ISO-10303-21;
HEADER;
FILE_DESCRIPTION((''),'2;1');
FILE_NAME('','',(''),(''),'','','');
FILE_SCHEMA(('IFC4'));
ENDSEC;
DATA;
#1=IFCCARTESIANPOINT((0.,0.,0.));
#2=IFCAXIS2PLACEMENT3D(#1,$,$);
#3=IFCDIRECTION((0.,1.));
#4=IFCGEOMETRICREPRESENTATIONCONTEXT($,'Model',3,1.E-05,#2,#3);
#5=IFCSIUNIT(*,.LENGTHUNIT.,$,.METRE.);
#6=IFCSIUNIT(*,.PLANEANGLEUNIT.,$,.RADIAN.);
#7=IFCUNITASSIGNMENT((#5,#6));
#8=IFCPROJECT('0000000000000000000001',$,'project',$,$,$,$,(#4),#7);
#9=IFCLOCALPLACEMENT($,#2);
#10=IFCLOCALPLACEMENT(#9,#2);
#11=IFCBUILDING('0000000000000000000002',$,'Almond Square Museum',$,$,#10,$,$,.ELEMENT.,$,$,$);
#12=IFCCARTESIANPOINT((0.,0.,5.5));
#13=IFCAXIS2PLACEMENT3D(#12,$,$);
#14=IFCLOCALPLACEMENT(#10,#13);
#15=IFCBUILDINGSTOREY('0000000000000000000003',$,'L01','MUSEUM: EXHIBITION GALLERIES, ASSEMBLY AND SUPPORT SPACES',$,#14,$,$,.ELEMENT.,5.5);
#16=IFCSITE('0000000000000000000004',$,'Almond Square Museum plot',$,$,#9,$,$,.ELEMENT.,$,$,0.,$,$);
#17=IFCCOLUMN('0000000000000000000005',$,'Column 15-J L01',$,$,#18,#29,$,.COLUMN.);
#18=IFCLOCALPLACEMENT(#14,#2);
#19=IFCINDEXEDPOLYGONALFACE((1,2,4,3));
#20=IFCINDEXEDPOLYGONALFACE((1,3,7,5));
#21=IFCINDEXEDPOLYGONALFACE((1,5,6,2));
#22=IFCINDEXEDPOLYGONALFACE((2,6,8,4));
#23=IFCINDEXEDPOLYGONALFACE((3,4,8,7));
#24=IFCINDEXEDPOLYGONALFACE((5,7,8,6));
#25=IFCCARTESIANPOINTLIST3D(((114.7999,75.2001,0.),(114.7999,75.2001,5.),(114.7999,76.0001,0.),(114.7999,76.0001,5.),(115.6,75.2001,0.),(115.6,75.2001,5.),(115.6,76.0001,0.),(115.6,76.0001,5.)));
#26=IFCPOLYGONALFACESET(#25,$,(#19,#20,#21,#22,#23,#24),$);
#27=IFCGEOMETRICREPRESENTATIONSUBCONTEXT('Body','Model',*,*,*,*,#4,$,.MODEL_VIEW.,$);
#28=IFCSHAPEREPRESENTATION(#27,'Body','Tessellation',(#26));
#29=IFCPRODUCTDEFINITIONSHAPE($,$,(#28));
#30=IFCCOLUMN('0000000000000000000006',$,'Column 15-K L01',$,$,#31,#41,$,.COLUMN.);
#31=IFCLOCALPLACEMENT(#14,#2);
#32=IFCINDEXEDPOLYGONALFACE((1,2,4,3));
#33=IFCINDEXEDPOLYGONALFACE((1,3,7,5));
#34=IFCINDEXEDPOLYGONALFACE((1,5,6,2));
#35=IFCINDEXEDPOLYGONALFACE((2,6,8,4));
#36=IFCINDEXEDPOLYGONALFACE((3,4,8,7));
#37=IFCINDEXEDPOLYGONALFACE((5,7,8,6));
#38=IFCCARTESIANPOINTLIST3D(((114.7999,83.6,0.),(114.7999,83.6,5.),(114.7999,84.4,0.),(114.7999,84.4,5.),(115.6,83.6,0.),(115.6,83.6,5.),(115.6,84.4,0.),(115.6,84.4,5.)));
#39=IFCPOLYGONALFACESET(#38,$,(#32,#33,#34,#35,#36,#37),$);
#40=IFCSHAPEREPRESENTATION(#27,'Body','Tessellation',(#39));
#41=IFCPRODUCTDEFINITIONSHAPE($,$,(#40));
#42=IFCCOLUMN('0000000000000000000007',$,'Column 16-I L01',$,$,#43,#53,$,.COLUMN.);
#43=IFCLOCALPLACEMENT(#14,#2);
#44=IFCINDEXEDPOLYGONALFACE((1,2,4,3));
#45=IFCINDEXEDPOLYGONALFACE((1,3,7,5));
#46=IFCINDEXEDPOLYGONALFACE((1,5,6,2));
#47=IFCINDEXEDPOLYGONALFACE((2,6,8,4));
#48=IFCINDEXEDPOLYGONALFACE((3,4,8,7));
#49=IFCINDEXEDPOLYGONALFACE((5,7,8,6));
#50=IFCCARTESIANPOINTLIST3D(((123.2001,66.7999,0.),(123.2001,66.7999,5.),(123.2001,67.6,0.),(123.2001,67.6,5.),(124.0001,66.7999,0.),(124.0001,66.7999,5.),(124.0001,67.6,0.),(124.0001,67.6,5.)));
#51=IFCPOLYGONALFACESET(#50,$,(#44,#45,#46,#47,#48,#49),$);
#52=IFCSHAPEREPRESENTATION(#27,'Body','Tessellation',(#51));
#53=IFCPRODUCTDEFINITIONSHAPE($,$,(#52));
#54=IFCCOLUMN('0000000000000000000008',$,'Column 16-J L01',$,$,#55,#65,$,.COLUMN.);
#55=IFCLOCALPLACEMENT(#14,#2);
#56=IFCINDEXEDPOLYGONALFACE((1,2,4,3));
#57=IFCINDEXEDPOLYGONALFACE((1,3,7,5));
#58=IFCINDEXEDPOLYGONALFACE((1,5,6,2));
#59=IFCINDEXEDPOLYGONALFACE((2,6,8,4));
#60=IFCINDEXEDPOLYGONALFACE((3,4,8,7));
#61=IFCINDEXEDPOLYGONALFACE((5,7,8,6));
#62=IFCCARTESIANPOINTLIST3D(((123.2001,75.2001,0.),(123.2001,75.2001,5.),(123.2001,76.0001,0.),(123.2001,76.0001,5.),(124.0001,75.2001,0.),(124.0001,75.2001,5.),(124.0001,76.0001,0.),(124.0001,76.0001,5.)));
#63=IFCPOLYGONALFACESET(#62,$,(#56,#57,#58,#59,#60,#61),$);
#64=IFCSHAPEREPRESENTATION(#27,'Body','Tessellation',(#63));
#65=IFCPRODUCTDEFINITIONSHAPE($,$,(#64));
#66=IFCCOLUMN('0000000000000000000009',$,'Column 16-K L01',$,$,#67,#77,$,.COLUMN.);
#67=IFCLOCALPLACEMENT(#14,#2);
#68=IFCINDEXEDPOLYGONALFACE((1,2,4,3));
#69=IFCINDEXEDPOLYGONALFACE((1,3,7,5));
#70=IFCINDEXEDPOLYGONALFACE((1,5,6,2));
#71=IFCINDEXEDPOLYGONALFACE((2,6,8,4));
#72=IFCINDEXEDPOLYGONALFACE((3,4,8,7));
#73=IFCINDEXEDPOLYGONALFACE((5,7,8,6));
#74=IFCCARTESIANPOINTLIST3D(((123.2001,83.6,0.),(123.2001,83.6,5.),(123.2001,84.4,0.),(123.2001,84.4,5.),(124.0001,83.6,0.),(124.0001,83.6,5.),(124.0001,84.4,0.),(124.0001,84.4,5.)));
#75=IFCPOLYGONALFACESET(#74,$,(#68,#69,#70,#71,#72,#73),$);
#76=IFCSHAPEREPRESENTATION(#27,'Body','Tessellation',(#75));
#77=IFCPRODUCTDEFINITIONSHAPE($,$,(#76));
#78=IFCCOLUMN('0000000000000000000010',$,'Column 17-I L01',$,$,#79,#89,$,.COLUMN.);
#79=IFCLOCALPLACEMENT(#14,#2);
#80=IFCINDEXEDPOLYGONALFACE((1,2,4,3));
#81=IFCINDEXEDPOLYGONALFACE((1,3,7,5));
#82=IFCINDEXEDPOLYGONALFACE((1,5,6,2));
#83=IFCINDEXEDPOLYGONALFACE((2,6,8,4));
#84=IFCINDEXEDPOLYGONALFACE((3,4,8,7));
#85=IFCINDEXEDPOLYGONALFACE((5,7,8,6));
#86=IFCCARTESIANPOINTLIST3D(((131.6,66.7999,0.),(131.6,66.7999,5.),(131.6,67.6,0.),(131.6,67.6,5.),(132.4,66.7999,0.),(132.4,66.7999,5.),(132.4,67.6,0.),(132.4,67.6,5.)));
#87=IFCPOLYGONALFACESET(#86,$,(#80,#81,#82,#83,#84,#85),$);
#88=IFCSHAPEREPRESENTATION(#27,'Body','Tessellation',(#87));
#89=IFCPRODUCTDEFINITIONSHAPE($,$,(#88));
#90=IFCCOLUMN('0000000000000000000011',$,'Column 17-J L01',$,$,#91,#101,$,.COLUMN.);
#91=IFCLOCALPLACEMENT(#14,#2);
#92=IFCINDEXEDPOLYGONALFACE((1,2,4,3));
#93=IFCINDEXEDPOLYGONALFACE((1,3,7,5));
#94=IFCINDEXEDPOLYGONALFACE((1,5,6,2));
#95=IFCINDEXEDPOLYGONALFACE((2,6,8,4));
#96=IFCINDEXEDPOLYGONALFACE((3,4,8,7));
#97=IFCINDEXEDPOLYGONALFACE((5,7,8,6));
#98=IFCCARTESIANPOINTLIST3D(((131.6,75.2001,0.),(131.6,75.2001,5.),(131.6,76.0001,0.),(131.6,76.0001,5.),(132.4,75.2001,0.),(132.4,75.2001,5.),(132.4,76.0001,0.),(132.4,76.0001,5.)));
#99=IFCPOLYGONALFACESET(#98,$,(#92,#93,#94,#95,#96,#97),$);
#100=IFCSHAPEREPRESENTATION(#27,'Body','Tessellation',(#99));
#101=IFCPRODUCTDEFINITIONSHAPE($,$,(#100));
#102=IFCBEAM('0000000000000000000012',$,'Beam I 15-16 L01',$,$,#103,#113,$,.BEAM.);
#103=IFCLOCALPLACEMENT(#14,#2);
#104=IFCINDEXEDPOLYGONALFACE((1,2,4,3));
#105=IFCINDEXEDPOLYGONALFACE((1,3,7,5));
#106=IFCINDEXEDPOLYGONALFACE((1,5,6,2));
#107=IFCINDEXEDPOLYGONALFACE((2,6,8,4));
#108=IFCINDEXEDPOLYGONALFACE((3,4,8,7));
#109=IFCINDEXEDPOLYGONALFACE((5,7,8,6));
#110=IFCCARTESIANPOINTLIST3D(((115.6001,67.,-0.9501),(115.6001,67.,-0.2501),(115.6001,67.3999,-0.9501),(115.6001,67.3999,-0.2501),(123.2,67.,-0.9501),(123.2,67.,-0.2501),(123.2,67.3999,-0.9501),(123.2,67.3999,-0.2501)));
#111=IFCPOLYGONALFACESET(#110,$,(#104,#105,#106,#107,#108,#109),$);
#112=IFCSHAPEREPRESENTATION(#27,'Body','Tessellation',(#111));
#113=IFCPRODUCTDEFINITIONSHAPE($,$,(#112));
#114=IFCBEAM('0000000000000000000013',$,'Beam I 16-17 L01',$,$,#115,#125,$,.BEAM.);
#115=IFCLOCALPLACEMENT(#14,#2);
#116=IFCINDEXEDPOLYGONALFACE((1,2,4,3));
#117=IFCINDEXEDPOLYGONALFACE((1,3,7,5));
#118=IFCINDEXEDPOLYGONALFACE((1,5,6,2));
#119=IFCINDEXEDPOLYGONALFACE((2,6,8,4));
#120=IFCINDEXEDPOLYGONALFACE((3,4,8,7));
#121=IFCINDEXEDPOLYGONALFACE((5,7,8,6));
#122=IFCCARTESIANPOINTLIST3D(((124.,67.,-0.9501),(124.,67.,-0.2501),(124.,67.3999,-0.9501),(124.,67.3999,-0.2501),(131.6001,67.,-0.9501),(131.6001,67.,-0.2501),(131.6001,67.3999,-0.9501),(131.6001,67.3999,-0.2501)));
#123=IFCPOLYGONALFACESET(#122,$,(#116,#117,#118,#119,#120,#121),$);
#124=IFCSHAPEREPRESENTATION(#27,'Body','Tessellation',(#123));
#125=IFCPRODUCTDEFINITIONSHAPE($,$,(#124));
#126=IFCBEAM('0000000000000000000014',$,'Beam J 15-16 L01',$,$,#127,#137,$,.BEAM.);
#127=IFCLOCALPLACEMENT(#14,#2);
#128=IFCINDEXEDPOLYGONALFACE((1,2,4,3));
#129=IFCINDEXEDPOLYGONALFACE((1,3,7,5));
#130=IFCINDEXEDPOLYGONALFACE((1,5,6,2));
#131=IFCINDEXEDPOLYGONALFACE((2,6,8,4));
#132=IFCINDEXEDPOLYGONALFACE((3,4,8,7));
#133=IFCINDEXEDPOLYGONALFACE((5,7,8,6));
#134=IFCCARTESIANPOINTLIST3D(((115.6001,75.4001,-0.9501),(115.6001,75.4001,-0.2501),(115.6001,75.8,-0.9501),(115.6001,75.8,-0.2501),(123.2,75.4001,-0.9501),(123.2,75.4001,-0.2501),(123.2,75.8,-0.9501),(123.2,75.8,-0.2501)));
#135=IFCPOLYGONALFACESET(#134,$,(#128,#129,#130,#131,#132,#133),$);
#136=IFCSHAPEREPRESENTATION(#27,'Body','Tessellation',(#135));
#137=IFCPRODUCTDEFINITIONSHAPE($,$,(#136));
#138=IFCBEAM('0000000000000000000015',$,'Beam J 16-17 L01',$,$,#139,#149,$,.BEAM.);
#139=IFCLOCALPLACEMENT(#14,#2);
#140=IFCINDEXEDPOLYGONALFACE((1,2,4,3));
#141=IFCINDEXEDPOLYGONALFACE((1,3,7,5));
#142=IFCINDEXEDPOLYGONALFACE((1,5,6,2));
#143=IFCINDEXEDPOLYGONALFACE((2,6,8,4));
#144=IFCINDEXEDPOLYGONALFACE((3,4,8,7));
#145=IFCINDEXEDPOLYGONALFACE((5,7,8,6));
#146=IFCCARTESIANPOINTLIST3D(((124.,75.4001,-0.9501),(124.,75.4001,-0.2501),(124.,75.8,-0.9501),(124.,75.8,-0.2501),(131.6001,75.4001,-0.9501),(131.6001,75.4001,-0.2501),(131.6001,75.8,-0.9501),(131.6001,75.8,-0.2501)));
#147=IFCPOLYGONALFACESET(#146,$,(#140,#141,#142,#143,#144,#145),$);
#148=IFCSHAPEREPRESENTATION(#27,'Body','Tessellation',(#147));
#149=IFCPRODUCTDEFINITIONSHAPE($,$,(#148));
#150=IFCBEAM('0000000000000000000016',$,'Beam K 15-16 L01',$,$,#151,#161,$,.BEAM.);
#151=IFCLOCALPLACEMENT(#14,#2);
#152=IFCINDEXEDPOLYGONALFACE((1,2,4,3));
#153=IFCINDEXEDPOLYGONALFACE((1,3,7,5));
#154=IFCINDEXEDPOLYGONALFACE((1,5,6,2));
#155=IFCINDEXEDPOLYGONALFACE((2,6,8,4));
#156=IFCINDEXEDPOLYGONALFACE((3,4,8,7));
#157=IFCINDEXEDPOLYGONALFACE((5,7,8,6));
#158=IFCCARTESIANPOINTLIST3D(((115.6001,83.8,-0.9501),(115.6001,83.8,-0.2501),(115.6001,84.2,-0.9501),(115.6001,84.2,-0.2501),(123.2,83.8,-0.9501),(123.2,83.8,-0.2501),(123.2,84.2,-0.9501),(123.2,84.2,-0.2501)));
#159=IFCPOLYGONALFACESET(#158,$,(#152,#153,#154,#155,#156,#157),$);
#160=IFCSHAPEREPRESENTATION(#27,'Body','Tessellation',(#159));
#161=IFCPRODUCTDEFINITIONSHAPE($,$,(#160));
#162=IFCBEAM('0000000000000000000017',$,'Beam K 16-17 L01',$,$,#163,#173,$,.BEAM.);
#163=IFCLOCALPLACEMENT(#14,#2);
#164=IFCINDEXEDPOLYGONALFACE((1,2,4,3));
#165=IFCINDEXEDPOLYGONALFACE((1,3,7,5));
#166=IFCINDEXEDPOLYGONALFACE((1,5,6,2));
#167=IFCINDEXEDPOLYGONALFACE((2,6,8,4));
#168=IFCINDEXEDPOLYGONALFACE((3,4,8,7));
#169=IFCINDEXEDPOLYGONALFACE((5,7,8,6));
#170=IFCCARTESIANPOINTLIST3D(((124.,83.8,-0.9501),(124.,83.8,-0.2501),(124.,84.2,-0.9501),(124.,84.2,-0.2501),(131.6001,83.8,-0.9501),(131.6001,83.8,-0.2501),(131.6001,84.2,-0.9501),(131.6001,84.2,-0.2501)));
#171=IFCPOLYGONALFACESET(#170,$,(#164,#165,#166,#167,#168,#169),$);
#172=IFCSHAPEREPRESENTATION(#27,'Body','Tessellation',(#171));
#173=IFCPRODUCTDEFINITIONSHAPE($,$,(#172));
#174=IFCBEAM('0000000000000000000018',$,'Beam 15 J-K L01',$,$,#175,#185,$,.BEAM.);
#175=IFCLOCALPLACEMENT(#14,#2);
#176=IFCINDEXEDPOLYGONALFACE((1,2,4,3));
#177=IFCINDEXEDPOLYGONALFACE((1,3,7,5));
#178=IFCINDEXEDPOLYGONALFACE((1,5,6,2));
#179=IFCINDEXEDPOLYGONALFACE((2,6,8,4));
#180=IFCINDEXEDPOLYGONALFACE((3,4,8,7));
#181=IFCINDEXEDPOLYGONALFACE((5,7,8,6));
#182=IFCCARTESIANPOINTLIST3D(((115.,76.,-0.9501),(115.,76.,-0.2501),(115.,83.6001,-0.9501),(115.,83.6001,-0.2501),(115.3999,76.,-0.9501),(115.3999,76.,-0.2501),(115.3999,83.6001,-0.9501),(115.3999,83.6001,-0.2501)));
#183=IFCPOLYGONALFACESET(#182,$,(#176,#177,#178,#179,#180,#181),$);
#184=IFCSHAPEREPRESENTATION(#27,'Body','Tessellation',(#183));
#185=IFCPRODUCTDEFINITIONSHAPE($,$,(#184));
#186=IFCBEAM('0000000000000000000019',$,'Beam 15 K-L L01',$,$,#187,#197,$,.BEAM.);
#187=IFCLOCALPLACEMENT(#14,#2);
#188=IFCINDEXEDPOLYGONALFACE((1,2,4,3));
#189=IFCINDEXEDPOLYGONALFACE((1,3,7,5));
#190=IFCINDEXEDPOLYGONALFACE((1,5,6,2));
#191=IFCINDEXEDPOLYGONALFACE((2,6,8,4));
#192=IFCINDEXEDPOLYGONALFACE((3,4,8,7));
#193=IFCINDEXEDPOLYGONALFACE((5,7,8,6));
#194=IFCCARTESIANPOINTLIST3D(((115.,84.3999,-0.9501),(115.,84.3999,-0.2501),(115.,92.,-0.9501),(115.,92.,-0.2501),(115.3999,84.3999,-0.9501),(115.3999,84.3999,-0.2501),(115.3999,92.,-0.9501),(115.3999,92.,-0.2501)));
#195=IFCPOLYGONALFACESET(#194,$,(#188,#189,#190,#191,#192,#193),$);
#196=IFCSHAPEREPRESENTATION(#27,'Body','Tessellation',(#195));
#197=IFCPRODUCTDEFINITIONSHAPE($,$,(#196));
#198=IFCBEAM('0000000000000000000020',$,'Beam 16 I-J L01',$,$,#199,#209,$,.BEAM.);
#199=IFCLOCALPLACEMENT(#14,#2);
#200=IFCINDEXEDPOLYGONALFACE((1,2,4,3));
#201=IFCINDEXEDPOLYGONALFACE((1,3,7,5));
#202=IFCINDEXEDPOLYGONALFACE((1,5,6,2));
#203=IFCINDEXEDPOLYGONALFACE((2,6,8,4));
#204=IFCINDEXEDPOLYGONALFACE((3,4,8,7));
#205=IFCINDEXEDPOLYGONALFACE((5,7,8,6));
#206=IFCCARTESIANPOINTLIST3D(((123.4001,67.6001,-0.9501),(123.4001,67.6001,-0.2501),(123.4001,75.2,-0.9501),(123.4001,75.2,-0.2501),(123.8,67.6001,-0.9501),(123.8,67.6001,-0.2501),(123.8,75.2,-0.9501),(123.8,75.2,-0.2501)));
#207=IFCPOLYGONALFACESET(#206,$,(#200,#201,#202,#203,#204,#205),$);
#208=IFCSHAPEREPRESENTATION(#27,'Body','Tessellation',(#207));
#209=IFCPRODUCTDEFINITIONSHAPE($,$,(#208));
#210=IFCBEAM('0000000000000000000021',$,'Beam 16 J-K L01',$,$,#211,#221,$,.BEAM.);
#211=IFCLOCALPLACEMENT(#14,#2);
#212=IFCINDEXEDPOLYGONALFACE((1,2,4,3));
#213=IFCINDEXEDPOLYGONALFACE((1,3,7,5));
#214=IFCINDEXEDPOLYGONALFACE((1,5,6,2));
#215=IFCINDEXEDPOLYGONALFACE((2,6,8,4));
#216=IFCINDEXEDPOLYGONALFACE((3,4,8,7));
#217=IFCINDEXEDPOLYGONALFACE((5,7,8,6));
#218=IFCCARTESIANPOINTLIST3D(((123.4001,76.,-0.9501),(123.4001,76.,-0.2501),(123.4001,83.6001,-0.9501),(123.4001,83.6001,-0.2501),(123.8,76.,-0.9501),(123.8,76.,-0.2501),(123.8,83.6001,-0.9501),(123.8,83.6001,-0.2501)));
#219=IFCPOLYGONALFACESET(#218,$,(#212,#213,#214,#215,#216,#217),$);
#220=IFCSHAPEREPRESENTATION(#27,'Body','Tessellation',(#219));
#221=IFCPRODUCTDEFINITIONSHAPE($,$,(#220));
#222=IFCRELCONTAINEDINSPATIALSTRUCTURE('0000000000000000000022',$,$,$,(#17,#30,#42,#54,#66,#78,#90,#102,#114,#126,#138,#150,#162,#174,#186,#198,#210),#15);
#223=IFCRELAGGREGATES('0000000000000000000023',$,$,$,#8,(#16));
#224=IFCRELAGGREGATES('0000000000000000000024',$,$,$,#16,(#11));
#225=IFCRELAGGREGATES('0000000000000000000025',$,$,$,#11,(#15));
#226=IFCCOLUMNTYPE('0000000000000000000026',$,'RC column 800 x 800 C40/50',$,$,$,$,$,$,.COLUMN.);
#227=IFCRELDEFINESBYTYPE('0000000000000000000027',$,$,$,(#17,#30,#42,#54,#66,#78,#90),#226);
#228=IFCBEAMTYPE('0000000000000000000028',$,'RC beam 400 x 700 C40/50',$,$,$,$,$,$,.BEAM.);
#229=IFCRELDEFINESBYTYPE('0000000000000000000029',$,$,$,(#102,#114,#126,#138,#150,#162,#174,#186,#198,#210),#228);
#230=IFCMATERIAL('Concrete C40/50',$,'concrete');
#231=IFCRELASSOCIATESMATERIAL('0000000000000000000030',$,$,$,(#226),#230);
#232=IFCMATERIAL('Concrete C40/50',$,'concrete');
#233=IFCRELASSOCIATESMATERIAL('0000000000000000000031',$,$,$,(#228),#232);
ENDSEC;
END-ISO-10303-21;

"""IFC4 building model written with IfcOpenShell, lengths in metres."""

from ifc_helpers import new_model, si_unit, direction, frame, origin, origin_2d, place, context, subcontext, project, spatial, rectangle, extrude, material, material_profile, profile_set, type_object, element, save


model = new_model("IFC4")

# Units and contexts
model_context = context("Model", 3, precision=1e-05, world=origin(), true_north=direction((0.0, 1.0)))
body_context = subcontext(model_context, "Body", "Model", "MODEL_VIEW")
ifc_project = project(units=[si_unit("LENGTHUNIT", "METRE"), si_unit("PLANEANGLEUNIT", "RADIAN")], contexts=[model_context])

# Site, building, storey
site_placement = place(None, origin())
site = spatial("IfcSite", under=ifc_project, at=site_placement, Name="Almond Square Museum plot", CompositionType="ELEMENT", RefElevation=0.0)
building_placement = place(site_placement, origin())
building = spatial("IfcBuilding", under=site, at=building_placement, Name="Almond Square Museum", CompositionType="ELEMENT")
storey_placement = place(building_placement, frame((0.0, 0.0, 5.5)))
storey = spatial("IfcBuildingStorey", under=building, at=storey_placement, Name="L01", Description="MUSEUM: EXHIBITION GALLERIES, ASSEMBLY AND SUPPORT SPACES", CompositionType="ELEMENT", Elevation=5.5)

# Columns
ifc_material_1 = material(Name="Concrete C40/50", Category="concrete")
ifc_material_profile_1 = material_profile(ifc_material_1, rectangle(XDim=0.8, YDim=0.8, at=origin_2d()))
ifc_profile_set_1 = profile_set([ifc_material_profile_1], Name="Concrete C40/50")
column_type = type_object("IfcColumnType", Name="RC column 800 x 800 C40/50", PredefinedType="COLUMN", material=ifc_profile_set_1)
for number, where, z_axis, x_axis, name in (
    (1, (115.2, 75.6001, 0.0), (0.0, 0.0, 1.0), (1.0, 0.0, 0.0), "Column 15-J L01"),
    (2, (115.2, 84.0, 0.0), (0.0, 0.0, 1.0), (1.0, 0.0, 0.0), "Column 15-K L01"),
    (3, (123.6001, 67.2, 0.0), (0.0, 0.0, 1.0), (1.0, 0.0, 0.0), "Column 16-I L01"),
    (4, (123.6001, 75.6001, 0.0), (0.0, 0.0, 1.0), (1.0, 0.0, 0.0), "Column 16-J L01"),
    (5, (123.6001, 84.0, 0.0), (0.0, 0.0, 1.0), (1.0, 0.0, 0.0), "Column 16-K L01"),
    (6, (132.0, 67.2, 0.0), (0.0, 0.0, 1.0), (1.0, 0.0, 0.0), "Column 17-I L01"),
    (7, (132.0, 75.6001, 0.0), (0.0, 0.0, 1.0), (1.0, 0.0, 0.0), "Column 17-J L01"),
):
    element("IfcColumn", number, at=place(storey_placement, frame(where, z_axis=z_axis, x_axis=x_axis)), inside=storey, type_object=column_type, Name=name, PredefinedType="COLUMN", context=body_context, shape_type="SweptSolid", body=[
        extrude(rectangle(XDim=0.8, YDim=0.8, at=origin_2d()), origin(), (0.0, 0.0, 1.0), 5.0),
    ])

# Beams
ifc_material_2 = material(Name="Concrete C40/50", Category="concrete")
ifc_material_profile_2 = material_profile(ifc_material_2, rectangle(XDim=0.3999, YDim=0.7, at=origin_2d()))
ifc_profile_set_2 = profile_set([ifc_material_profile_2], Name="Concrete C40/50")
beam_type = type_object("IfcBeamType", Name="RC beam 400 x 700 C40/50", PredefinedType="BEAM", material=ifc_profile_set_2)
beam_1_placement = place(storey_placement, frame((115.6001, 67.2, -0.6001), z_axis=(1.0, 0.0, 0.0), x_axis=(0.0, 1.0, 0.0)))
element("IfcBeam", 8, at=beam_1_placement, inside=storey, type_object=beam_type, Name="Beam I 15-16 L01", PredefinedType="BEAM", context=body_context, shape_type="SweptSolid", body=[
    extrude(rectangle(XDim=0.3999, YDim=0.7, at=origin_2d()), origin(), (0.0, 0.0, 1.0), 7.5999),
])
beam_2_placement = place(storey_placement, frame((124.0, 67.2, -0.6001), z_axis=(1.0, 0.0, 0.0), x_axis=(0.0, 1.0, 0.0)))
element("IfcBeam", 9, at=beam_2_placement, inside=storey, type_object=beam_type, Name="Beam I 16-17 L01", PredefinedType="BEAM", context=body_context, shape_type="SweptSolid", body=[
    extrude(rectangle(XDim=0.3999, YDim=0.7, at=origin_2d()), origin(), (0.0, 0.0, 1.0), 7.6001),
])
beam_3_placement = place(storey_placement, frame((115.6001, 75.6001, -0.6001), z_axis=(1.0, 0.0, 0.0), x_axis=(0.0, 1.0, 0.0)))
element("IfcBeam", 10, at=beam_3_placement, inside=storey, type_object=beam_type, Name="Beam J 15-16 L01", PredefinedType="BEAM", context=body_context, shape_type="SweptSolid", body=[
    extrude(rectangle(XDim=0.3999, YDim=0.7, at=origin_2d()), origin(), (0.0, 0.0, 1.0), 7.5999),
])
beam_4_placement = place(storey_placement, frame((124.0, 75.6001, -0.6001), z_axis=(1.0, 0.0, 0.0), x_axis=(0.0, 1.0, 0.0)))
element("IfcBeam", 11, at=beam_4_placement, inside=storey, type_object=beam_type, Name="Beam J 16-17 L01", PredefinedType="BEAM", context=body_context, shape_type="SweptSolid", body=[
    extrude(rectangle(XDim=0.3999, YDim=0.7, at=origin_2d()), origin(), (0.0, 0.0, 1.0), 7.6001),
])
beam_5_placement = place(storey_placement, frame((115.6001, 84.0, -0.6001), z_axis=(1.0, 0.0, 0.0), x_axis=(0.0, 1.0, 0.0)))
element("IfcBeam", 12, at=beam_5_placement, inside=storey, type_object=beam_type, Name="Beam K 15-16 L01", PredefinedType="BEAM", context=body_context, shape_type="SweptSolid", body=[
    extrude(rectangle(XDim=0.3999, YDim=0.7, at=origin_2d()), origin(), (0.0, 0.0, 1.0), 7.5999),
])
for number, where, z_axis, x_axis, name in (
    (13, (124.0, 84.0, -0.6001), (1.0, 0.0, 0.0), (0.0, 1.0, 0.0), "Beam K 16-17 L01"),
    (14, (115.2, 76.0, -0.6001), (0.0, 1.0, 0.0), (-1.0, 0.0, 0.0), "Beam 15 J-K L01"),
    (15, (115.2, 84.3999, -0.6001), (0.0, 1.0, 0.0), (-1.0, 0.0, 0.0), "Beam 15 K-L L01"),
):
    element("IfcBeam", number, at=place(storey_placement, frame(where, z_axis=z_axis, x_axis=x_axis)), inside=storey, type_object=beam_type, Name=name, PredefinedType="BEAM", context=body_context, shape_type="SweptSolid", body=[
        extrude(rectangle(XDim=0.3999, YDim=0.7, at=origin_2d()), origin(), (0.0, 0.0, 1.0), 7.6001),
    ])
beam_6_placement = place(storey_placement, frame((123.6001, 67.6001, -0.6001), z_axis=(0.0, 1.0, 0.0), x_axis=(-1.0, 0.0, 0.0)))
element("IfcBeam", 16, at=beam_6_placement, inside=storey, type_object=beam_type, Name="Beam 16 I-J L01", PredefinedType="BEAM", context=body_context, shape_type="SweptSolid", body=[
    extrude(rectangle(XDim=0.3999, YDim=0.7, at=origin_2d()), origin(), (0.0, 0.0, 1.0), 7.5999),
])
for number, where, z_axis, x_axis, name in (
    (17, (123.6001, 76.0, -0.6001), (0.0, 1.0, 0.0), (-1.0, 0.0, 0.0), "Beam 16 J-K L01"),
):
    element("IfcBeam", number, at=place(storey_placement, frame(where, z_axis=z_axis, x_axis=x_axis)), inside=storey, type_object=beam_type, Name=name, PredefinedType="BEAM", context=body_context, shape_type="SweptSolid", body=[
        extrude(rectangle(XDim=0.3999, YDim=0.7, at=origin_2d()), origin(), (0.0, 0.0, 1.0), 7.6001),
    ])

save(model, "model.ifc")
